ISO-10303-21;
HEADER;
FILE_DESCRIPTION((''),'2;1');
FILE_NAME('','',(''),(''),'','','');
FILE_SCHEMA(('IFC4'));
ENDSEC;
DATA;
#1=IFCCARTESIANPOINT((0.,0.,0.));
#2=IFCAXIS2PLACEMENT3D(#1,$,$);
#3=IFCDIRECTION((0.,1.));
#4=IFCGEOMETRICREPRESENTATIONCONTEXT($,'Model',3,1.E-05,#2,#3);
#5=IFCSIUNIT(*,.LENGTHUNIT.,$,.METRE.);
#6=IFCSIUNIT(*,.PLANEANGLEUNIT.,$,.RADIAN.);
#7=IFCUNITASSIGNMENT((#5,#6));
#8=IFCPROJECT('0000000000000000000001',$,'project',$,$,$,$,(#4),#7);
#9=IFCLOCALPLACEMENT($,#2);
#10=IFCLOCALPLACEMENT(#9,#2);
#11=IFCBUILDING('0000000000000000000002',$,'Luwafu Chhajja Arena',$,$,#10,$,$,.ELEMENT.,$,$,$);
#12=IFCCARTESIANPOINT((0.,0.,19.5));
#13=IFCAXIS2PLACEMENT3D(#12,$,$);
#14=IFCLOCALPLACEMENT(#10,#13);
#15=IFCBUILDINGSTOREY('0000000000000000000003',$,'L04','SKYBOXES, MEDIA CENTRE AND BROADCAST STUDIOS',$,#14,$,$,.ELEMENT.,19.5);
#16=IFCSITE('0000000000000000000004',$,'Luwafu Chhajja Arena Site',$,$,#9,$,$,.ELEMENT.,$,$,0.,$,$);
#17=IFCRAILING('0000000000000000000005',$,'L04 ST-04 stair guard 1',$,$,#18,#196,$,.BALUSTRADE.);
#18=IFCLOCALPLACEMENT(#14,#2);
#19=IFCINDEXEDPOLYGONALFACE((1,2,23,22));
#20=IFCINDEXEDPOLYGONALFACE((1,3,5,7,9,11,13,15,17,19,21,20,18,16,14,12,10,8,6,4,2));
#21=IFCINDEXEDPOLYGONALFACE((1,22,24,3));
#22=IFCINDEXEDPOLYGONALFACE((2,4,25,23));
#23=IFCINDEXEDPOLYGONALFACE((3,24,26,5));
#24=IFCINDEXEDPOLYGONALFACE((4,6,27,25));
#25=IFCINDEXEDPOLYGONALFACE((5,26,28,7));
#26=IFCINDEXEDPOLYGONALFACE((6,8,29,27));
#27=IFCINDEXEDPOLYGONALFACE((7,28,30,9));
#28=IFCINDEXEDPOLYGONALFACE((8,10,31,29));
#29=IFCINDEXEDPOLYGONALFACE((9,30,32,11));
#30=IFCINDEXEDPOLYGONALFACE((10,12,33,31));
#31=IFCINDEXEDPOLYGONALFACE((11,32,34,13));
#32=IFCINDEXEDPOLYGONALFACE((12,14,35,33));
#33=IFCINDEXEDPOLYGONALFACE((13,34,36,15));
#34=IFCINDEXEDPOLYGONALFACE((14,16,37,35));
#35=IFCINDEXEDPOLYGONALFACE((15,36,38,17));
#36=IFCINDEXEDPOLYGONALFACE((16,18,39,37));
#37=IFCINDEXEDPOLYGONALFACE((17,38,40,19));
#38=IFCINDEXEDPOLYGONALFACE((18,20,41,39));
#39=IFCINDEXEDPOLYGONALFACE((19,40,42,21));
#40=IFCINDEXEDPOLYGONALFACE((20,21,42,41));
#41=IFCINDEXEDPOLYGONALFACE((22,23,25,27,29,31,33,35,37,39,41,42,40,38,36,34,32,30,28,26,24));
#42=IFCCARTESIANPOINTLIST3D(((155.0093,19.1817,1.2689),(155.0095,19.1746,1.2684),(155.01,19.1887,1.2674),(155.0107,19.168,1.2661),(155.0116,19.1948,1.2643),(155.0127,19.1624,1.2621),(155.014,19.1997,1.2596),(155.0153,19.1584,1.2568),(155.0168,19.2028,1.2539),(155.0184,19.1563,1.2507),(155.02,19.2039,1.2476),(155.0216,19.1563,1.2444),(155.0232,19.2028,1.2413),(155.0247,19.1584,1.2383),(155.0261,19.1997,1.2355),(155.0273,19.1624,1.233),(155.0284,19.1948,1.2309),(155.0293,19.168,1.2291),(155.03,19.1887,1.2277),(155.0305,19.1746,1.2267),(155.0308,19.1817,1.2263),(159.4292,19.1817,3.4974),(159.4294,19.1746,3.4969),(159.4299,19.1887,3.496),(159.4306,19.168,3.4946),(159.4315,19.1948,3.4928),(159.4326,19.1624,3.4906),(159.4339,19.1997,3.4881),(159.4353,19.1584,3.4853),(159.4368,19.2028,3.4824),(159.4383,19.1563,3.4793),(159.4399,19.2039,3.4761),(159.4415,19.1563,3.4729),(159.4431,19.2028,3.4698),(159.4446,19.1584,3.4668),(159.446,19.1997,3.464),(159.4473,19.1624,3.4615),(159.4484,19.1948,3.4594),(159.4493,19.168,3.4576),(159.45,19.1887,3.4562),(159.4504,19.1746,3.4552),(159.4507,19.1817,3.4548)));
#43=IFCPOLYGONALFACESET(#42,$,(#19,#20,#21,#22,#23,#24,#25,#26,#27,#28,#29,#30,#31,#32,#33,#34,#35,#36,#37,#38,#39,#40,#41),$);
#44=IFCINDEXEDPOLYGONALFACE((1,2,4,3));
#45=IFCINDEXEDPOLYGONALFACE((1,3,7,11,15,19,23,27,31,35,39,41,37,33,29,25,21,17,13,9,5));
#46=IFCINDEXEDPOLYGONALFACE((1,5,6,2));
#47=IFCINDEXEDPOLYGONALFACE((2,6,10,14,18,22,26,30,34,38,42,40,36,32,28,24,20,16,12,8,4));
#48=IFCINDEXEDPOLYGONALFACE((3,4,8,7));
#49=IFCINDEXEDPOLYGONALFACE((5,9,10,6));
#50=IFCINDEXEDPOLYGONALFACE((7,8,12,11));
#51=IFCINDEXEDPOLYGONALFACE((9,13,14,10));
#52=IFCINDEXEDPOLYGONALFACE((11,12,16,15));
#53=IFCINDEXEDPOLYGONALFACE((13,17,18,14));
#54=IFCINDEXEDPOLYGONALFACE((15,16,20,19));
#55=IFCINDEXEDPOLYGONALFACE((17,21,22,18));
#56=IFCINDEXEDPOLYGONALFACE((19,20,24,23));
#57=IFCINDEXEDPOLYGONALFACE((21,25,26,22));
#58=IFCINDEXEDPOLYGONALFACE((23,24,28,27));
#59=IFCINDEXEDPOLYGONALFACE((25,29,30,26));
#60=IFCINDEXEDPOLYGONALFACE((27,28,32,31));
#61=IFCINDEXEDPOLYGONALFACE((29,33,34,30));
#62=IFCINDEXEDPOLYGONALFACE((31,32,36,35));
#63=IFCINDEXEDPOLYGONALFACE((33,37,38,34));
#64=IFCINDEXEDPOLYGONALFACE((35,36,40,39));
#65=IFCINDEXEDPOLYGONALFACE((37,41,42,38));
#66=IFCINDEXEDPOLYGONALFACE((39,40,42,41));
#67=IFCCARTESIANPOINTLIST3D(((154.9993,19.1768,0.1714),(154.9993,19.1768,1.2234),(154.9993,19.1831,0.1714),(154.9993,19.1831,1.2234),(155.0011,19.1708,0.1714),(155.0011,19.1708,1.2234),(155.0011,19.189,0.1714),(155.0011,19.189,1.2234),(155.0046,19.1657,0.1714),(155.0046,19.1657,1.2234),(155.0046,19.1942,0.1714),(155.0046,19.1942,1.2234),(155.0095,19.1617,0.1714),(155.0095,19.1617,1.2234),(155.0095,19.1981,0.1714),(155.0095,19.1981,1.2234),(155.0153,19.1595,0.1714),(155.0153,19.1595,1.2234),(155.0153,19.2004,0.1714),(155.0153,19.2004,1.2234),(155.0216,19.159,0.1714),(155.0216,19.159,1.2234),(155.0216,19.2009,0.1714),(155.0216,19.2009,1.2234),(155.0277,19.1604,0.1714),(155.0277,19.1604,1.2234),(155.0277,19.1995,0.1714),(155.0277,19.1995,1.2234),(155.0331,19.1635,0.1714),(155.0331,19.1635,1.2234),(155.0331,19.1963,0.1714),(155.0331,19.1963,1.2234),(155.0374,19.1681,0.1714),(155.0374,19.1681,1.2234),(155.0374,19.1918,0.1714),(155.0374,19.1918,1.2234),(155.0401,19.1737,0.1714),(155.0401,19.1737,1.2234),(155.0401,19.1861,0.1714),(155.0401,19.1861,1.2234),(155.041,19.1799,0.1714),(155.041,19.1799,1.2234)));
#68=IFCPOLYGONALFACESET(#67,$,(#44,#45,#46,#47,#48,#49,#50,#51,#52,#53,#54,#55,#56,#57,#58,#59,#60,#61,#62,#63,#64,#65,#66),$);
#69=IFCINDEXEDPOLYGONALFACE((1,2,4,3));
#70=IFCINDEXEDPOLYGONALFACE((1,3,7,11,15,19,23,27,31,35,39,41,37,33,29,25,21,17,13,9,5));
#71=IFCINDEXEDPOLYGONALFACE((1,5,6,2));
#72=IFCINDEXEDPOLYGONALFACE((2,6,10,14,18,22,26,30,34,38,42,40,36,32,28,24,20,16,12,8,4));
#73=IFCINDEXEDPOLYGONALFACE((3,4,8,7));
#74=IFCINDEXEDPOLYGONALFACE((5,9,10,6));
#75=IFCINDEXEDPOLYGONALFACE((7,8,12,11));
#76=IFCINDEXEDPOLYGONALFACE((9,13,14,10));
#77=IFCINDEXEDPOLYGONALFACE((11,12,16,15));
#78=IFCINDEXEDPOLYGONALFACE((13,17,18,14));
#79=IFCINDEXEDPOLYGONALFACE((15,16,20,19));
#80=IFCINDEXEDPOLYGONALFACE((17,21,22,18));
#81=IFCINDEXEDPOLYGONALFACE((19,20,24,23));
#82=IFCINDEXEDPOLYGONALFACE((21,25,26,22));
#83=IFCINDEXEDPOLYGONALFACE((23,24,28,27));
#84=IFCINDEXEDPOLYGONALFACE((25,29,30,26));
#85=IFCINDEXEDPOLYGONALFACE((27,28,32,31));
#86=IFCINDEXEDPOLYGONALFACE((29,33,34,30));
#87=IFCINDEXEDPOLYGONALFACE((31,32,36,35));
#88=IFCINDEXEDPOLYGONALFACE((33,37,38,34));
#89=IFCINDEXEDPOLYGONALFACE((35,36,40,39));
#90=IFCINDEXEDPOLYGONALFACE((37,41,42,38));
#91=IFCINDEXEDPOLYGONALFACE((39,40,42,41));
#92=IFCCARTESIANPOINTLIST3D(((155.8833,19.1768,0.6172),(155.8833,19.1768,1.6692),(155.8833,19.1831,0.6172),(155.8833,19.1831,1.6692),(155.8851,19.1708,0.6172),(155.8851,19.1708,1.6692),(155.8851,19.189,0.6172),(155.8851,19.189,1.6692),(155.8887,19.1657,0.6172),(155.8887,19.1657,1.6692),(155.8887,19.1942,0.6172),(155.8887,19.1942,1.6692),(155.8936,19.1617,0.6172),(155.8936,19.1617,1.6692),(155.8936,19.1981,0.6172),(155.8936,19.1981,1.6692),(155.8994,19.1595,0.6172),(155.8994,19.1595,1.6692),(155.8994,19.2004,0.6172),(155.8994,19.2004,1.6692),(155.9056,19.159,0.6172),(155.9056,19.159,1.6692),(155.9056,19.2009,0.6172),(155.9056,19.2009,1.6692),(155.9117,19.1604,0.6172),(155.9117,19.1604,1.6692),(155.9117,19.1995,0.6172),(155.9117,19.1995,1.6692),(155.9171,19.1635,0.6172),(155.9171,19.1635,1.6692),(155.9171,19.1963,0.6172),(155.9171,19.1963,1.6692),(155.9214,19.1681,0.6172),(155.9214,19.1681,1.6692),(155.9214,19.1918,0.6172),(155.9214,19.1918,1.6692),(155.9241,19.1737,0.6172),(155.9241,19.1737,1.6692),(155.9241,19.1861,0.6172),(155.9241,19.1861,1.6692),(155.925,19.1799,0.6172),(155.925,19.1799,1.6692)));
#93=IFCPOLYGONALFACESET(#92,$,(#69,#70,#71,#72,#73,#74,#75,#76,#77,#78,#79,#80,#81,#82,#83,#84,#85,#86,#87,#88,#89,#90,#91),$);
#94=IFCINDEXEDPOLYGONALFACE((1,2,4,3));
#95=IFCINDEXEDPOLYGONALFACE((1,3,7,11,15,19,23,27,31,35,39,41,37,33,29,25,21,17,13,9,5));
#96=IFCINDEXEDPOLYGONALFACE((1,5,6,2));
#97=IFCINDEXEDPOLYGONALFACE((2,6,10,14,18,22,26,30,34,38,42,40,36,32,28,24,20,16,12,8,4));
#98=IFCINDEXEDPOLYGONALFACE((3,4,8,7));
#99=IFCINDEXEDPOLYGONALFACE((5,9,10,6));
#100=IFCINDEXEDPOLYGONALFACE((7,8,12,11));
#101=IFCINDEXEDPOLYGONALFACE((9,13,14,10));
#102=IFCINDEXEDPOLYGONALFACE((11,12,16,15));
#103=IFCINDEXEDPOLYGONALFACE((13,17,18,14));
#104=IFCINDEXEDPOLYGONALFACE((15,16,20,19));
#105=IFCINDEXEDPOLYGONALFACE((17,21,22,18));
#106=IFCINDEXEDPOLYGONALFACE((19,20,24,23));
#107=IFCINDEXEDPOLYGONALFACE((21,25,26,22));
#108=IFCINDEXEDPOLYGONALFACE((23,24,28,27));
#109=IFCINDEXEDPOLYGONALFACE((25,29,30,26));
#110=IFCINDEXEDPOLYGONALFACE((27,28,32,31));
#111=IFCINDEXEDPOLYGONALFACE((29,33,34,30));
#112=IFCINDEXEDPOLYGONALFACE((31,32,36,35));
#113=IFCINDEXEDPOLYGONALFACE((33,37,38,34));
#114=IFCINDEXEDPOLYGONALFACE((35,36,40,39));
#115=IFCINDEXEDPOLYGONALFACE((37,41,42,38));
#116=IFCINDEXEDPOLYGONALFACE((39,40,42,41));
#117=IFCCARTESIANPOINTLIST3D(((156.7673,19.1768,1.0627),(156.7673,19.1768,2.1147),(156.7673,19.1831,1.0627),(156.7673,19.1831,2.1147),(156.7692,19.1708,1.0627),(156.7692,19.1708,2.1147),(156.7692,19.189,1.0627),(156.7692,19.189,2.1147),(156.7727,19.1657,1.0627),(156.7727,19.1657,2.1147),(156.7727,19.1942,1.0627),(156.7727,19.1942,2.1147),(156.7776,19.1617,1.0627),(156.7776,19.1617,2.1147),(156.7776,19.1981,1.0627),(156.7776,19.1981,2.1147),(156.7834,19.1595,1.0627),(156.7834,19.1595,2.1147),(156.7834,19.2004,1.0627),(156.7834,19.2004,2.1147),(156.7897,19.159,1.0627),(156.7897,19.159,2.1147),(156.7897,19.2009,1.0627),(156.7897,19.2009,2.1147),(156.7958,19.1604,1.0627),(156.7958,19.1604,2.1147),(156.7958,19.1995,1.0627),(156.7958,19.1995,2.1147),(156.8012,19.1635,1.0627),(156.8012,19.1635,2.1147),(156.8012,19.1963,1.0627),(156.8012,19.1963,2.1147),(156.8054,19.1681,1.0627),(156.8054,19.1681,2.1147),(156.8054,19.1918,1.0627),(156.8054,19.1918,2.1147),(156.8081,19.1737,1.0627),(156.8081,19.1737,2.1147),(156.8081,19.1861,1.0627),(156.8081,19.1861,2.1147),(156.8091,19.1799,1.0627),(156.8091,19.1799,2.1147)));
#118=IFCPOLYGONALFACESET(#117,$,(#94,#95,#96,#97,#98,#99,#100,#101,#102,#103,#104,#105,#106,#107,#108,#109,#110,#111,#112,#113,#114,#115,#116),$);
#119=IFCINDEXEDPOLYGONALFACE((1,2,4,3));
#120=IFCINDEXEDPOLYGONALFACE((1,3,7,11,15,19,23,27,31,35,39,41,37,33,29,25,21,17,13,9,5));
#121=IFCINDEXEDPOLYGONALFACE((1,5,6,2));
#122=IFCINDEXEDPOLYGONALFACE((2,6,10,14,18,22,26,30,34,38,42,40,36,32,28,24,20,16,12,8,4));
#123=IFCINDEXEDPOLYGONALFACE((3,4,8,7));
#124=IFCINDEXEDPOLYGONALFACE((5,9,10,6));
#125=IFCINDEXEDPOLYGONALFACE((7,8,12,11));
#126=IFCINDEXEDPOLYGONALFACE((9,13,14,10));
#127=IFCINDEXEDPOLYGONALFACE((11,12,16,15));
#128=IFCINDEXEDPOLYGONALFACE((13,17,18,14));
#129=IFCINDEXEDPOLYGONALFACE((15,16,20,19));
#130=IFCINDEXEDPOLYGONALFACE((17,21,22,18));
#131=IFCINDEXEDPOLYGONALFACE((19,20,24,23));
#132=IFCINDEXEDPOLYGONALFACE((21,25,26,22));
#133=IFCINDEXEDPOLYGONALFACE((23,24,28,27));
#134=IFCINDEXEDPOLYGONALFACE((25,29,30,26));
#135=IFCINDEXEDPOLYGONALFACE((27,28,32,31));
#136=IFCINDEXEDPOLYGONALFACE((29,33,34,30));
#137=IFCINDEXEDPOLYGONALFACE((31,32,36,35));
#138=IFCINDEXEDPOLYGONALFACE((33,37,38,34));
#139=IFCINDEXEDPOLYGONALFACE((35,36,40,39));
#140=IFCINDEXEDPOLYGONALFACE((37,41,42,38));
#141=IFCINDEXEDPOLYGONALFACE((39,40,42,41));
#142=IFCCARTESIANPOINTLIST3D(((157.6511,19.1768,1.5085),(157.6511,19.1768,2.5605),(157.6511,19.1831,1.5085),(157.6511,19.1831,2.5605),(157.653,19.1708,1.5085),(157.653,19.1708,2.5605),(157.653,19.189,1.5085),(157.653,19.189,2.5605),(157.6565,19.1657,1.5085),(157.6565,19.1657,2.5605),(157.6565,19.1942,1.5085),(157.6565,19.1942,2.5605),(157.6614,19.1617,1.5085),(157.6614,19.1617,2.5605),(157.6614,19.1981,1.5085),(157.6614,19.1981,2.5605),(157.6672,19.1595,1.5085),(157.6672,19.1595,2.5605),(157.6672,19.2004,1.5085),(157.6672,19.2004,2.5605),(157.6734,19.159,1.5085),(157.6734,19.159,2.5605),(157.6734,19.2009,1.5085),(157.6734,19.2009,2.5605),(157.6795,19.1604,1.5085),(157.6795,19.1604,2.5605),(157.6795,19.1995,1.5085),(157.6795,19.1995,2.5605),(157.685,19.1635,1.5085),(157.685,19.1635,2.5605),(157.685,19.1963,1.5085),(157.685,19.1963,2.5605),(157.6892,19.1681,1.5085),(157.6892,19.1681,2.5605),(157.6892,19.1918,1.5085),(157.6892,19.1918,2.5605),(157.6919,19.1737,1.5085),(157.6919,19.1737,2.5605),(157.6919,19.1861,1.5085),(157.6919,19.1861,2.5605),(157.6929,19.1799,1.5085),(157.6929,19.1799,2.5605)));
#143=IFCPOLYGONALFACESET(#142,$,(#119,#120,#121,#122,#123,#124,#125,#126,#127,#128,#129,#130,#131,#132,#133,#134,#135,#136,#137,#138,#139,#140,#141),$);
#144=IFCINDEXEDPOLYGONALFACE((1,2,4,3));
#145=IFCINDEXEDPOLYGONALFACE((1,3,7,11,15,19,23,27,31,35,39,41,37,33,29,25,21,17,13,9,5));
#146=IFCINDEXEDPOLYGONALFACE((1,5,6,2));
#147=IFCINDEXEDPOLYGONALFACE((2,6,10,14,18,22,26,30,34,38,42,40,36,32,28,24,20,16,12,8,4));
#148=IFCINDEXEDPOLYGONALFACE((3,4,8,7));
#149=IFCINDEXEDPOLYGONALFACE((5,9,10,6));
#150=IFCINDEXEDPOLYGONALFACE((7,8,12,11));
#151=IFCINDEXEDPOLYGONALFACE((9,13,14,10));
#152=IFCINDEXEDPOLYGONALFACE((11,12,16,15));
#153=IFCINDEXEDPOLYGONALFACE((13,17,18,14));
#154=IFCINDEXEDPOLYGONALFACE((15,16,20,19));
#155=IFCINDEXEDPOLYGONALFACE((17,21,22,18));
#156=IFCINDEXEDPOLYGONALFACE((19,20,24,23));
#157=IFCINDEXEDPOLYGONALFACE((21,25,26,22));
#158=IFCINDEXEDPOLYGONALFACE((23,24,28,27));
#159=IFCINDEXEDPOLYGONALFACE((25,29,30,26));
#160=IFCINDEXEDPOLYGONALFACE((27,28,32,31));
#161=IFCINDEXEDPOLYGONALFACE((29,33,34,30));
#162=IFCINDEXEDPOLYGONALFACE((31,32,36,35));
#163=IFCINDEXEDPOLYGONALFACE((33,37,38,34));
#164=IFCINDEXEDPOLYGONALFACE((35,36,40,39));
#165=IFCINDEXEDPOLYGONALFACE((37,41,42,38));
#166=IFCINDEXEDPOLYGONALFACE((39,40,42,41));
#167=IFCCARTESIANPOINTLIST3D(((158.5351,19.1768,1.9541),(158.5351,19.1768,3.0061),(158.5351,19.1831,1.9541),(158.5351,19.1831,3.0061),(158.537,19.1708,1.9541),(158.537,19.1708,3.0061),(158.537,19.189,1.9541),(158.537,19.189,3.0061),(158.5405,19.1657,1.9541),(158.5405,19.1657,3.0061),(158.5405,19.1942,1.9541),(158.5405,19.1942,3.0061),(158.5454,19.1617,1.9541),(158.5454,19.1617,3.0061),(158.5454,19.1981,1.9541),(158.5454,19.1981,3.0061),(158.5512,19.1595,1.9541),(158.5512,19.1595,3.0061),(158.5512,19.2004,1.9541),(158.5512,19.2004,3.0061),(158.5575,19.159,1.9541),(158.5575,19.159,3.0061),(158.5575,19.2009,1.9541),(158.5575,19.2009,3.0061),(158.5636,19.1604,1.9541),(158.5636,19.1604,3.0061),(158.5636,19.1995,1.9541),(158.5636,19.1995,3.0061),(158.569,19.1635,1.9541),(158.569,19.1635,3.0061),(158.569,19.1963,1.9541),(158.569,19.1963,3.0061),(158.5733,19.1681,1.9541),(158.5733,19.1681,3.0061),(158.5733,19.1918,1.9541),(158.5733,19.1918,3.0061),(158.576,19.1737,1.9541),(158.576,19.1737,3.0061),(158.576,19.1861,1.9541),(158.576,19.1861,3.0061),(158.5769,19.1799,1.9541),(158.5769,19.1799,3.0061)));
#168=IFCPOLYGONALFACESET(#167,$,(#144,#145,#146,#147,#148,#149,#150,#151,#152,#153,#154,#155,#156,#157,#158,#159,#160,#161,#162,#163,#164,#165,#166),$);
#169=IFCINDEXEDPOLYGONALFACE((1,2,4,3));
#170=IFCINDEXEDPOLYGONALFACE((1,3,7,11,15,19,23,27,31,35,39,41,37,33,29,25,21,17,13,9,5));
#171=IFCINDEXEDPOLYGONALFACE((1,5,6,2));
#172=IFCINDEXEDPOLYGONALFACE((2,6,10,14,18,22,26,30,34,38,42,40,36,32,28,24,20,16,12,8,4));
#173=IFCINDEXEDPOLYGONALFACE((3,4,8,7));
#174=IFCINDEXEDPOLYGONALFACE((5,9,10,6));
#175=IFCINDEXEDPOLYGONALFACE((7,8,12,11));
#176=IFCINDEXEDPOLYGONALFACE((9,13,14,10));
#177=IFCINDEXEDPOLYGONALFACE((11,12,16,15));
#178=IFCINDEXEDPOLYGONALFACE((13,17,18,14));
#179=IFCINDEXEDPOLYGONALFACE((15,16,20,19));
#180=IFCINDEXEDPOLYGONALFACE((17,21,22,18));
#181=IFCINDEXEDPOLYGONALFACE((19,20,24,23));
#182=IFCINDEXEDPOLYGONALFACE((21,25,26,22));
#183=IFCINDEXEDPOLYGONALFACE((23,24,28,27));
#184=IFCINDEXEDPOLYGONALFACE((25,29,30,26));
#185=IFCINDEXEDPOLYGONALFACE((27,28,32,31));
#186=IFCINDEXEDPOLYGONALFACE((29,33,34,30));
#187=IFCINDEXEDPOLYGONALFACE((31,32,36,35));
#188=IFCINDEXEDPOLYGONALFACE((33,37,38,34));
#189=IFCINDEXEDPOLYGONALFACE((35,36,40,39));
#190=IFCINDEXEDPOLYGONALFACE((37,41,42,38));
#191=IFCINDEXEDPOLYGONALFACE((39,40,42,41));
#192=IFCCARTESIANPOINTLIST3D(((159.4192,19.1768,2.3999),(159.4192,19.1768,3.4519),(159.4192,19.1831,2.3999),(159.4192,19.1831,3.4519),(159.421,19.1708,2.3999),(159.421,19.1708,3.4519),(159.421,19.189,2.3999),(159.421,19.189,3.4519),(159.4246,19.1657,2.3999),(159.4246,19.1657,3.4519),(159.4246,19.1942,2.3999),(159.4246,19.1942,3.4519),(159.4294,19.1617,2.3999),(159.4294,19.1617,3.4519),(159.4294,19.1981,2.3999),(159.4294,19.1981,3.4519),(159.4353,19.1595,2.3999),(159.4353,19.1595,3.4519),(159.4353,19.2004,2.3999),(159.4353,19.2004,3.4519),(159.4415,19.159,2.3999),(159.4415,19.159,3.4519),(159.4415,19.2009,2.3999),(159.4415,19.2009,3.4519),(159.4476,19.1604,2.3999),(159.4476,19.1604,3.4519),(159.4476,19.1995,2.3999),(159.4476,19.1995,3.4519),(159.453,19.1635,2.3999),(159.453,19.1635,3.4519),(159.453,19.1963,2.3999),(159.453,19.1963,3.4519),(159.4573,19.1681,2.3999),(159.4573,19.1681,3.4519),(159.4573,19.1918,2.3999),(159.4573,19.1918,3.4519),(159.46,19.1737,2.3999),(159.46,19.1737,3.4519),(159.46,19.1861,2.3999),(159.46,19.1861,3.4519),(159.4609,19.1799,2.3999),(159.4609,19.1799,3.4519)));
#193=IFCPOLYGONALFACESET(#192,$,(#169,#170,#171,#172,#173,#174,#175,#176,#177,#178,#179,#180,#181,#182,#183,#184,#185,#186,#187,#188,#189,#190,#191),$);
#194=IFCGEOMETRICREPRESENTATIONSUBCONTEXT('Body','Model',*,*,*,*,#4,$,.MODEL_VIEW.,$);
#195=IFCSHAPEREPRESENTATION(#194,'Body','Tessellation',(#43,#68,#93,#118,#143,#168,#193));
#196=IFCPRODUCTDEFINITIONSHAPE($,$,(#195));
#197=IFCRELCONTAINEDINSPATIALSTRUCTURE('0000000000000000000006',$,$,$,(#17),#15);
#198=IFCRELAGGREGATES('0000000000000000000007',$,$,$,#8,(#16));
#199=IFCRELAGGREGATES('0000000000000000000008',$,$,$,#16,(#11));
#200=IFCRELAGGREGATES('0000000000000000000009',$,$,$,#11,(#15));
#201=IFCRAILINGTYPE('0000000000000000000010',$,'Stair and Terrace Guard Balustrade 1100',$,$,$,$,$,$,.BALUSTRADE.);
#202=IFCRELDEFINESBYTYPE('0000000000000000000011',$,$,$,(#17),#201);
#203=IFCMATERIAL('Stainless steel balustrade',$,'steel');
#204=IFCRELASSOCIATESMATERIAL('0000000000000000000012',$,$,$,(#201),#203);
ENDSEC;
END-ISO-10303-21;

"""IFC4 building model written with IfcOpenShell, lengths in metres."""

from ifc_helpers import new_model, si_unit, direction, frame, origin, origin_2d, place, context, subcontext, project, spatial, circle, extrude, material, type_object, element, save


model = new_model("IFC4")

# Units and contexts
model_context = context("Model", 3, precision=1e-05, world=origin(), true_north=direction((0.0, 1.0)))
body_context = subcontext(model_context, "Body", "Model", "MODEL_VIEW")
ifc_project = project(units=[si_unit("LENGTHUNIT", "METRE"), si_unit("PLANEANGLEUNIT", "RADIAN")], contexts=[model_context])

# Site, building, storey
site_placement = place(None, origin())
site = spatial("IfcSite", under=ifc_project, at=site_placement, Name="Luwafu Chhajja Arena Site", CompositionType="ELEMENT", RefElevation=0.0)
building_placement = place(site_placement, origin())
building = spatial("IfcBuilding", under=site, at=building_placement, Name="Luwafu Chhajja Arena", CompositionType="ELEMENT")
storey_placement = place(building_placement, frame((0.0, 0.0, 19.5)))
storey = spatial("IfcBuildingStorey", under=building, at=storey_placement, Name="L04", Description="SKYBOXES, MEDIA CENTRE AND BROADCAST STUDIOS", CompositionType="ELEMENT", Elevation=19.5)

# Railing
ifc_material_1 = material(Name="Stainless steel balustrade", Category="steel")
railing_type_1 = type_object("IfcRailingType", Name="Stair and Terrace Guard Balustrade 1100", PredefinedType="BALUSTRADE", material=ifc_material_1)
railing_1_placement = place(storey_placement, frame((155.02, 19.1799, 0.1714)))
element("IfcRailing", 1, at=railing_1_placement, inside=storey, type_object=railing_type_1, Name="L04 ST-04 stair guard 1", PredefinedType="BALUSTRADE", context=body_context, shape_type="SweptSolid", body=[
    extrude(circle(Radius=0.0239, at=origin_2d()), frame((0.0, 0.0, 1.0762), z_axis=(0.892923, 0.0, 0.45021), x_axis=(0.0, 1.0, 0.0)), (0.0, 0.0, 1.0), 4.95),
    extrude(circle(Radius=0.021, at=origin_2d()), origin(), (0.0, 0.0, 1.0), 1.052),
    extrude(circle(Radius=0.021, at=origin_2d()), frame((0.884, 0.0, 0.4458)), (0.0, 0.0, 1.0), 1.052),
    extrude(circle(Radius=0.021, at=origin_2d()), frame((1.7681, 0.0, 0.8914)), (0.0, 0.0, 1.0), 1.052),
    extrude(circle(Radius=0.021, at=origin_2d()), frame((2.6519, 0.0, 1.3372)), (0.0, 0.0, 1.0), 1.052),
    extrude(circle(Radius=0.021, at=origin_2d()), frame((3.5359, 0.0, 1.7827)), (0.0, 0.0, 1.0), 1.052),
    extrude(circle(Radius=0.021, at=origin_2d()), frame((4.4199, 0.0, 2.2285)), (0.0, 0.0, 1.0), 1.052),
])

save(model, "model.ifc")
